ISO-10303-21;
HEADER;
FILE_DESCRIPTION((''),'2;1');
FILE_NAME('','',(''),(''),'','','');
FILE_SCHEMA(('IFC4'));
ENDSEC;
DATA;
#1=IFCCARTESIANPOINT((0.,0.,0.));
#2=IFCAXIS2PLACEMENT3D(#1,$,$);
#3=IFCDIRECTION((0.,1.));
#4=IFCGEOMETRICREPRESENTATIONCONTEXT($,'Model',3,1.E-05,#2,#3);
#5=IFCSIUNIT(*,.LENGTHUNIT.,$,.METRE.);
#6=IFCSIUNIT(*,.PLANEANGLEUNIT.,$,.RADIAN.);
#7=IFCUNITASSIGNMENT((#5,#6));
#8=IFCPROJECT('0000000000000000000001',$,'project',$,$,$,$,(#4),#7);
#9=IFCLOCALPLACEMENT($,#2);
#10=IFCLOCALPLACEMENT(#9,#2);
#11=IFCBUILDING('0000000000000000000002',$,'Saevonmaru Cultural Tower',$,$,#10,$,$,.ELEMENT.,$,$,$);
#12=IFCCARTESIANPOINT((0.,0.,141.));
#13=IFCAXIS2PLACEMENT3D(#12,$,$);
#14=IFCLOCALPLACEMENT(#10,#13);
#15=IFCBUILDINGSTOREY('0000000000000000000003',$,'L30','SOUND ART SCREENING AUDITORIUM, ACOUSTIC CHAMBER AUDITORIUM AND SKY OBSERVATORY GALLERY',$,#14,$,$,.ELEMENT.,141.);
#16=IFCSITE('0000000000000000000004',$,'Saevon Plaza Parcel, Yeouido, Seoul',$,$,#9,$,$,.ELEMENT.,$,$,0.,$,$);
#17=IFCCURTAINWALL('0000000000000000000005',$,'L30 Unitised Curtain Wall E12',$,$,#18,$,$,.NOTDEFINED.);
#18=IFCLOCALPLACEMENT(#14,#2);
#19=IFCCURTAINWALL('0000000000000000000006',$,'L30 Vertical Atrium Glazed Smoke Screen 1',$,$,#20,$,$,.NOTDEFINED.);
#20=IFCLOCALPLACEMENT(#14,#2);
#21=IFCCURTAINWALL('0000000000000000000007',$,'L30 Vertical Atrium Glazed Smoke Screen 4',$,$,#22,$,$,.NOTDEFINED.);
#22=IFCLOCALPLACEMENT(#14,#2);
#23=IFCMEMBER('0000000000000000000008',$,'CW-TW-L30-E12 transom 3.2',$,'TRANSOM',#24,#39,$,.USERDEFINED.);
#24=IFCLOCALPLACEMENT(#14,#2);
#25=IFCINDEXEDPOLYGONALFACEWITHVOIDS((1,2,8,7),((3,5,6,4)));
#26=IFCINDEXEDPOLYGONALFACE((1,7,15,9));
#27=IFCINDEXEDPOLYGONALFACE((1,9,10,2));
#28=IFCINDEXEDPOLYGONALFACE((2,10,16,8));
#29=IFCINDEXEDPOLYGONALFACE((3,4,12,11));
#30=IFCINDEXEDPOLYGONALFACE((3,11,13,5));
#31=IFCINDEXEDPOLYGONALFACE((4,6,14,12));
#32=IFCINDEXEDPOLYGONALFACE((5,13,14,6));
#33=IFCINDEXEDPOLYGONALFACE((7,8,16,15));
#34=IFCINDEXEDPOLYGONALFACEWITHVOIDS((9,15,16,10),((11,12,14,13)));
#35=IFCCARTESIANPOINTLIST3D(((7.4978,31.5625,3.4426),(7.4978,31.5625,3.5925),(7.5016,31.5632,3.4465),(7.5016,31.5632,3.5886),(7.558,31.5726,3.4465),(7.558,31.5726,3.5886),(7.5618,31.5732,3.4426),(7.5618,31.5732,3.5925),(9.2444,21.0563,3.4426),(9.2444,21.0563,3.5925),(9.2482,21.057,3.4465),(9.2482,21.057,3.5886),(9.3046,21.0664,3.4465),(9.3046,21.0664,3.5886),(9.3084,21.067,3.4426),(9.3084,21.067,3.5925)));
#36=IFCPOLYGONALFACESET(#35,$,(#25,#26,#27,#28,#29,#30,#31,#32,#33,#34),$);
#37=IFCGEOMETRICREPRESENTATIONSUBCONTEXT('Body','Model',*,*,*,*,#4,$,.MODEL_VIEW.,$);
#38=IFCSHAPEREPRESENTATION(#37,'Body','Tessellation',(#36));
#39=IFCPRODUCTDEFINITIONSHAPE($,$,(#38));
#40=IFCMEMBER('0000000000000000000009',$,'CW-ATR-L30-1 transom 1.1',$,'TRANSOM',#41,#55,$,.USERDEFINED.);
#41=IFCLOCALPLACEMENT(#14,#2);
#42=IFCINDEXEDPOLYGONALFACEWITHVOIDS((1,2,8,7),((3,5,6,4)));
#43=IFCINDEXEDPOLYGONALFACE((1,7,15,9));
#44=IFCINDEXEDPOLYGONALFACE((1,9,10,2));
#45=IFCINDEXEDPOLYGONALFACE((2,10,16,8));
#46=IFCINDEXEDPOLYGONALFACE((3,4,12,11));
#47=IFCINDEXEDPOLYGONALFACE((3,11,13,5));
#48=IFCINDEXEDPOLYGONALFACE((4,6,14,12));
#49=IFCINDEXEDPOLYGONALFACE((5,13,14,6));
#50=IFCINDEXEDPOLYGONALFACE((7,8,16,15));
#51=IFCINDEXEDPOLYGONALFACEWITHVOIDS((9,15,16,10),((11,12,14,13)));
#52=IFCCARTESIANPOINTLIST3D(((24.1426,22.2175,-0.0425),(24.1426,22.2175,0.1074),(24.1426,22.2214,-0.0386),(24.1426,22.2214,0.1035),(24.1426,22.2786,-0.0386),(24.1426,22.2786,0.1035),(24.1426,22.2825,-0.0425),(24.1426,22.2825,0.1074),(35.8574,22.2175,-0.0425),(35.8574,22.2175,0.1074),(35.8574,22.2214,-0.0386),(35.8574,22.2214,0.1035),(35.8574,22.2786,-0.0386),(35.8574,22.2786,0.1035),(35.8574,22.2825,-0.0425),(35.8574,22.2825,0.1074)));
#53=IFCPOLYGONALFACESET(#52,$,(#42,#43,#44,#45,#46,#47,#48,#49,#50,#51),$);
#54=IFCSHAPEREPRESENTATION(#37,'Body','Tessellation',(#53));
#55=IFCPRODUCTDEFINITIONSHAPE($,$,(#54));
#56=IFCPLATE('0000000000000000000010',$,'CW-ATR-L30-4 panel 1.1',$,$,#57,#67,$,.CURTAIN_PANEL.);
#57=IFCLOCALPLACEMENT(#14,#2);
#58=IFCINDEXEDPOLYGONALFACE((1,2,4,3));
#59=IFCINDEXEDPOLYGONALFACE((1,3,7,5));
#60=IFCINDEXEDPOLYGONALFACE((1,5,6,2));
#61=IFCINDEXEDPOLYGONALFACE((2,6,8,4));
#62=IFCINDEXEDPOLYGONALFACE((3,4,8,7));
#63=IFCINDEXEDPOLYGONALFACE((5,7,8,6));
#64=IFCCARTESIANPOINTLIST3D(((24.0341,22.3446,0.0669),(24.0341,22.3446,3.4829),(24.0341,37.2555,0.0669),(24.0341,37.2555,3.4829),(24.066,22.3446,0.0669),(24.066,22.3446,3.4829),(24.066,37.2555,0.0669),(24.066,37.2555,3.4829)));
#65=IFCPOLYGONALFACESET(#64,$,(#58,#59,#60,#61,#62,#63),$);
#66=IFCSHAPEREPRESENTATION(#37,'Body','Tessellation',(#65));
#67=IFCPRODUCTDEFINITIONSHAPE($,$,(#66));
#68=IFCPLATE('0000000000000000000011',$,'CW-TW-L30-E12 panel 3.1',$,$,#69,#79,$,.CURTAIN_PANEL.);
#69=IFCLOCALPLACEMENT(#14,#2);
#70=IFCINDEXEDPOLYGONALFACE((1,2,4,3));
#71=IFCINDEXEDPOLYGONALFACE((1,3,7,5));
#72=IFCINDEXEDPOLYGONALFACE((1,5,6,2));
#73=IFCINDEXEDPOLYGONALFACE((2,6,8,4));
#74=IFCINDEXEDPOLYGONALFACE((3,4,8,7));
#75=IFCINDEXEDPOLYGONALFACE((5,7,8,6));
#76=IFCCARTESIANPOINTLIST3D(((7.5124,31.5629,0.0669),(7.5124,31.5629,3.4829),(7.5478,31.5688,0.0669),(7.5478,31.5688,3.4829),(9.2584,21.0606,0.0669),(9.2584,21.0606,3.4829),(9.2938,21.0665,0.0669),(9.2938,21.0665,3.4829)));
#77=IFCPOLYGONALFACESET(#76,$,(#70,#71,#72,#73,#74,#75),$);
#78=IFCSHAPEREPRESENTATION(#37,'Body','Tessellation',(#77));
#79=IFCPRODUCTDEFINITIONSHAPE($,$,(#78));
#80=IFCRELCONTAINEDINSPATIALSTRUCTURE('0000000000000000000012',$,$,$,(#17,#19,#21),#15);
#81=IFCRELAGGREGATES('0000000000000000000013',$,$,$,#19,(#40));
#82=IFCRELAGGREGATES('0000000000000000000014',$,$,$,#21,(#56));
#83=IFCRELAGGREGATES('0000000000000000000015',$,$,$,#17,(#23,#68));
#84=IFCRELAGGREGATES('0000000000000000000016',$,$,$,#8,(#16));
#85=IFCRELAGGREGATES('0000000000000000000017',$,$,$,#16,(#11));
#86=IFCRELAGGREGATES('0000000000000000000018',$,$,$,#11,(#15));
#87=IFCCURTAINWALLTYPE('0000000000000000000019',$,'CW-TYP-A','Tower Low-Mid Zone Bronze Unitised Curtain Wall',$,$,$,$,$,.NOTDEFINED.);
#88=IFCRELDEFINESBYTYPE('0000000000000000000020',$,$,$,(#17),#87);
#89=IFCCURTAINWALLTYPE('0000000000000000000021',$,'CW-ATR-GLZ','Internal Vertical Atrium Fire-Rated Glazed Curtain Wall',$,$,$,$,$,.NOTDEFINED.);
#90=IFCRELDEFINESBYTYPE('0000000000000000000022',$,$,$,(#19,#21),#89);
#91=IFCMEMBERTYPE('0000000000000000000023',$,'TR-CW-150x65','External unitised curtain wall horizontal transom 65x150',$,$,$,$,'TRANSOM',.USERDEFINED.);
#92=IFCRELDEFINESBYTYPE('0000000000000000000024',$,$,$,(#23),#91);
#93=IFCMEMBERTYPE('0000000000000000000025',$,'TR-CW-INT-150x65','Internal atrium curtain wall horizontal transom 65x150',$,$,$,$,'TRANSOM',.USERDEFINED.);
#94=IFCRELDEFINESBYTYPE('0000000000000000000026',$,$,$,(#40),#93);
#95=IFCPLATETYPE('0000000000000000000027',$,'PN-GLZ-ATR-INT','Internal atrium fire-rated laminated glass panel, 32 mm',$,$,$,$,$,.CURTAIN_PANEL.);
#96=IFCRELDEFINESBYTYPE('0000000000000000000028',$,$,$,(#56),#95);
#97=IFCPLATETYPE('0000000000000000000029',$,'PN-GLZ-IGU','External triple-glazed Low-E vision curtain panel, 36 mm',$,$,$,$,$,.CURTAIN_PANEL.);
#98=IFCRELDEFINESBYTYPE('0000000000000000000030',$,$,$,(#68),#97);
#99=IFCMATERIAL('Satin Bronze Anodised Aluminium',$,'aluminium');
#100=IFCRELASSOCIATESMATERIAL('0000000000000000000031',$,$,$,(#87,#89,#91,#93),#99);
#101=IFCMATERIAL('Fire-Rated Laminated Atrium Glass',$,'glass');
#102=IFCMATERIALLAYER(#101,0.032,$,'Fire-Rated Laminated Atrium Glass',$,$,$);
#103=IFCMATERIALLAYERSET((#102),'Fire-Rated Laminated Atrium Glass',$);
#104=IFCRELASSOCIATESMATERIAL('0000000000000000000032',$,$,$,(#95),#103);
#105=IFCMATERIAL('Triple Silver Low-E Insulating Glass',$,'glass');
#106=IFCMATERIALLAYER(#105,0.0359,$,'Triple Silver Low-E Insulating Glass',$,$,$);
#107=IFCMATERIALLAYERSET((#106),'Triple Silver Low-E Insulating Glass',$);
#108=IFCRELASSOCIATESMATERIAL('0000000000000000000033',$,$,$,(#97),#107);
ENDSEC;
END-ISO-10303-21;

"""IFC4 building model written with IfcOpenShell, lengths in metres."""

from ifc_helpers import new_model, si_unit, direction, frame, origin, origin_2d, place, context, subcontext, project, spatial, rectangle, hollow_rectangle, extrude, material, layer, layer_set, material_profile, profile_set, type_object, element, aggregate, save


model = new_model("IFC4")

# Units and contexts
model_context = context("Model", 3, precision=1e-05, world=origin(), true_north=direction((0.0, 1.0)))
body_context = subcontext(model_context, "Body", "Model", "MODEL_VIEW")
ifc_project = project(units=[si_unit("LENGTHUNIT", "METRE"), si_unit("PLANEANGLEUNIT", "RADIAN")], contexts=[model_context])

# Site, building, storey
site_placement = place(None, origin())
site = spatial("IfcSite", under=ifc_project, at=site_placement, Name="Saevon Plaza Parcel, Yeouido, Seoul", CompositionType="ELEMENT", RefElevation=0.0)
building_placement = place(site_placement, origin())
building = spatial("IfcBuilding", under=site, at=building_placement, Name="Saevonmaru Cultural Tower", CompositionType="ELEMENT")
storey_placement = place(building_placement, frame((0.0, 0.0, 141.0)))
storey = spatial("IfcBuildingStorey", under=building, at=storey_placement, Name="L30", Description="SOUND ART SCREENING AUDITORIUM, ACOUSTIC CHAMBER AUDITORIUM AND SKY OBSERVATORY GALLERY", CompositionType="ELEMENT", Elevation=141.0)

# Curtain wall
ifc_material_1 = material(Name="Satin Bronze Anodised Aluminium", Category="aluminium")
curtain_wall_type_1 = type_object("IfcCurtainWallType", Name="CW-TYP-A", Description="Tower Low-Mid Zone Bronze Unitised Curtain Wall", PredefinedType="NOTDEFINED", material=ifc_material_1)
curtain_wall_1_placement = place(storey_placement, origin())
curtain_wall_1 = element("IfcCurtainWall", 1, at=curtain_wall_1_placement, inside=storey, type_object=curtain_wall_type_1, Name="L30 Unitised Curtain Wall E12", PredefinedType="NOTDEFINED")

# Curtain walls
curtain_wall_type_2 = type_object("IfcCurtainWallType", Name="CW-ATR-GLZ", Description="Internal Vertical Atrium Fire-Rated Glazed Curtain Wall", PredefinedType="NOTDEFINED", material=ifc_material_1)
curtain_wall_2_placement = place(storey_placement, origin())
curtain_wall_2 = element("IfcCurtainWall", 2, at=curtain_wall_2_placement, inside=storey, type_object=curtain_wall_type_2, Name="L30 Vertical Atrium Glazed Smoke Screen 1", PredefinedType="NOTDEFINED")
curtain_wall_3_placement = place(storey_placement, origin())
curtain_wall_3 = element("IfcCurtainWall", 3, at=curtain_wall_3_placement, inside=storey, type_object=curtain_wall_type_2, Name="L30 Vertical Atrium Glazed Smoke Screen 4", PredefinedType="NOTDEFINED")

# Members
ifc_material_profile_1 = material_profile(ifc_material_1, hollow_rectangle(XDim=0.0649, YDim=0.1499, WallThickness=0.0039, at=origin_2d()), Name="ALU-TRAN-150x65x4")
ifc_profile_set_1 = profile_set([ifc_material_profile_1], Name="Satin Bronze Anodised Aluminium")
member_type_1 = type_object("IfcMemberType", Name="TR-CW-150x65", Description="External unitised curtain wall horizontal transom 65x150", ElementType="TRANSOM", PredefinedType="USERDEFINED", material=ifc_profile_set_1)
member_1_placement = place(storey_placement, frame((7.5298, 31.5679, 3.5176), z_axis=(0.163994, -0.986461, 0.0), x_axis=(0.986461, 0.163994, 0.0)))
member_1 = element("IfcMember", 4, at=member_1_placement, type_object=member_type_1, Name="CW-TW-L30-E12 transom 3.2", ObjectType="TRANSOM", PredefinedType="USERDEFINED", context=body_context, shape_type="SweptSolid", body=[
    extrude(hollow_rectangle(XDim=0.0649, YDim=0.1499, WallThickness=0.0039, at=origin_2d()), origin(), (0.0, 0.0, 1.0), 10.6504),
])
ifc_material_profile_2 = material_profile(ifc_material_1, hollow_rectangle(XDim=0.0649, YDim=0.1499, WallThickness=0.0039, at=origin_2d()), Name="ALU-TRAN-150x65x4")
ifc_profile_set_2 = profile_set([ifc_material_profile_2], Name="Satin Bronze Anodised Aluminium")
member_type_2 = type_object("IfcMemberType", Name="TR-CW-INT-150x65", Description="Internal atrium curtain wall horizontal transom 65x150", ElementType="TRANSOM", PredefinedType="USERDEFINED", material=ifc_profile_set_2)
member_2_placement = place(storey_placement, frame((24.1426, 22.25, 0.0325), z_axis=(1.0, 0.0, 0.0), x_axis=(0.0, 1.0, 0.0)))
member_2 = element("IfcMember", 5, at=member_2_placement, type_object=member_type_2, Name="CW-ATR-L30-1 transom 1.1", ObjectType="TRANSOM", PredefinedType="USERDEFINED", context=body_context, shape_type="SweptSolid", body=[
    extrude(hollow_rectangle(XDim=0.0649, YDim=0.1499, WallThickness=0.0039, at=origin_2d()), origin(), (0.0, 0.0, 1.0), 11.7148),
])
aggregate(curtain_wall_2, [member_2])

# Plates
ifc_material_2 = material(Name="Fire-Rated Laminated Atrium Glass", Category="glass")
ifc_layer_1 = layer(ifc_material_2, 0.032, Name="Fire-Rated Laminated Atrium Glass")
ifc_layer_set_1 = layer_set([ifc_layer_1], Name="Fire-Rated Laminated Atrium Glass")
plate_type_1 = type_object("IfcPlateType", Name="PN-GLZ-ATR-INT", Description="Internal atrium fire-rated laminated glass panel, 32 mm", PredefinedType="CURTAIN_PANEL", material=ifc_layer_set_1)
plate_1_placement = place(storey_placement, frame((24.05, 29.8, 0.0669), z_axis=(0.0, 0.0, 1.0), x_axis=(0.0, -1.0, 0.0)))
plate_1 = element("IfcPlate", 6, at=plate_1_placement, type_object=plate_type_1, Name="CW-ATR-L30-4 panel 1.1", PredefinedType="CURTAIN_PANEL", context=body_context, shape_type="SweptSolid", body=[
    extrude(rectangle(XDim=14.9109, YDim=0.032, at=origin_2d()), origin(), (0.0, 0.0, 1.0), 3.416),
])
aggregate(curtain_wall_3, [plate_1])
ifc_material_3 = material(Name="Triple Silver Low-E Insulating Glass", Category="glass")
ifc_layer_2 = layer(ifc_material_3, 0.0359, Name="Triple Silver Low-E Insulating Glass")
ifc_layer_set_2 = layer_set([ifc_layer_2], Name="Triple Silver Low-E Insulating Glass")
plate_type_2 = type_object("IfcPlateType", Name="PN-GLZ-IGU", Description="External triple-glazed Low-E vision curtain panel, 36 mm", PredefinedType="CURTAIN_PANEL", material=ifc_layer_set_2)
plate_2_placement = place(storey_placement, frame((8.4031, 26.3147, 0.0669), z_axis=(0.0, 0.0, 1.0), x_axis=(0.163999, -0.986461, 0.0)))
plate_2 = element("IfcPlate", 7, at=plate_2_placement, type_object=plate_type_2, Name="CW-TW-L30-E12 panel 3.1", PredefinedType="CURTAIN_PANEL", context=body_context, shape_type="SweptSolid", body=[
    extrude(rectangle(XDim=10.6465, YDim=0.0359, at=origin_2d()), origin(), (0.0, 0.0, 1.0), 3.416),
])
aggregate(curtain_wall_1, [member_1, plate_2])

save(model, "model.ifc")
